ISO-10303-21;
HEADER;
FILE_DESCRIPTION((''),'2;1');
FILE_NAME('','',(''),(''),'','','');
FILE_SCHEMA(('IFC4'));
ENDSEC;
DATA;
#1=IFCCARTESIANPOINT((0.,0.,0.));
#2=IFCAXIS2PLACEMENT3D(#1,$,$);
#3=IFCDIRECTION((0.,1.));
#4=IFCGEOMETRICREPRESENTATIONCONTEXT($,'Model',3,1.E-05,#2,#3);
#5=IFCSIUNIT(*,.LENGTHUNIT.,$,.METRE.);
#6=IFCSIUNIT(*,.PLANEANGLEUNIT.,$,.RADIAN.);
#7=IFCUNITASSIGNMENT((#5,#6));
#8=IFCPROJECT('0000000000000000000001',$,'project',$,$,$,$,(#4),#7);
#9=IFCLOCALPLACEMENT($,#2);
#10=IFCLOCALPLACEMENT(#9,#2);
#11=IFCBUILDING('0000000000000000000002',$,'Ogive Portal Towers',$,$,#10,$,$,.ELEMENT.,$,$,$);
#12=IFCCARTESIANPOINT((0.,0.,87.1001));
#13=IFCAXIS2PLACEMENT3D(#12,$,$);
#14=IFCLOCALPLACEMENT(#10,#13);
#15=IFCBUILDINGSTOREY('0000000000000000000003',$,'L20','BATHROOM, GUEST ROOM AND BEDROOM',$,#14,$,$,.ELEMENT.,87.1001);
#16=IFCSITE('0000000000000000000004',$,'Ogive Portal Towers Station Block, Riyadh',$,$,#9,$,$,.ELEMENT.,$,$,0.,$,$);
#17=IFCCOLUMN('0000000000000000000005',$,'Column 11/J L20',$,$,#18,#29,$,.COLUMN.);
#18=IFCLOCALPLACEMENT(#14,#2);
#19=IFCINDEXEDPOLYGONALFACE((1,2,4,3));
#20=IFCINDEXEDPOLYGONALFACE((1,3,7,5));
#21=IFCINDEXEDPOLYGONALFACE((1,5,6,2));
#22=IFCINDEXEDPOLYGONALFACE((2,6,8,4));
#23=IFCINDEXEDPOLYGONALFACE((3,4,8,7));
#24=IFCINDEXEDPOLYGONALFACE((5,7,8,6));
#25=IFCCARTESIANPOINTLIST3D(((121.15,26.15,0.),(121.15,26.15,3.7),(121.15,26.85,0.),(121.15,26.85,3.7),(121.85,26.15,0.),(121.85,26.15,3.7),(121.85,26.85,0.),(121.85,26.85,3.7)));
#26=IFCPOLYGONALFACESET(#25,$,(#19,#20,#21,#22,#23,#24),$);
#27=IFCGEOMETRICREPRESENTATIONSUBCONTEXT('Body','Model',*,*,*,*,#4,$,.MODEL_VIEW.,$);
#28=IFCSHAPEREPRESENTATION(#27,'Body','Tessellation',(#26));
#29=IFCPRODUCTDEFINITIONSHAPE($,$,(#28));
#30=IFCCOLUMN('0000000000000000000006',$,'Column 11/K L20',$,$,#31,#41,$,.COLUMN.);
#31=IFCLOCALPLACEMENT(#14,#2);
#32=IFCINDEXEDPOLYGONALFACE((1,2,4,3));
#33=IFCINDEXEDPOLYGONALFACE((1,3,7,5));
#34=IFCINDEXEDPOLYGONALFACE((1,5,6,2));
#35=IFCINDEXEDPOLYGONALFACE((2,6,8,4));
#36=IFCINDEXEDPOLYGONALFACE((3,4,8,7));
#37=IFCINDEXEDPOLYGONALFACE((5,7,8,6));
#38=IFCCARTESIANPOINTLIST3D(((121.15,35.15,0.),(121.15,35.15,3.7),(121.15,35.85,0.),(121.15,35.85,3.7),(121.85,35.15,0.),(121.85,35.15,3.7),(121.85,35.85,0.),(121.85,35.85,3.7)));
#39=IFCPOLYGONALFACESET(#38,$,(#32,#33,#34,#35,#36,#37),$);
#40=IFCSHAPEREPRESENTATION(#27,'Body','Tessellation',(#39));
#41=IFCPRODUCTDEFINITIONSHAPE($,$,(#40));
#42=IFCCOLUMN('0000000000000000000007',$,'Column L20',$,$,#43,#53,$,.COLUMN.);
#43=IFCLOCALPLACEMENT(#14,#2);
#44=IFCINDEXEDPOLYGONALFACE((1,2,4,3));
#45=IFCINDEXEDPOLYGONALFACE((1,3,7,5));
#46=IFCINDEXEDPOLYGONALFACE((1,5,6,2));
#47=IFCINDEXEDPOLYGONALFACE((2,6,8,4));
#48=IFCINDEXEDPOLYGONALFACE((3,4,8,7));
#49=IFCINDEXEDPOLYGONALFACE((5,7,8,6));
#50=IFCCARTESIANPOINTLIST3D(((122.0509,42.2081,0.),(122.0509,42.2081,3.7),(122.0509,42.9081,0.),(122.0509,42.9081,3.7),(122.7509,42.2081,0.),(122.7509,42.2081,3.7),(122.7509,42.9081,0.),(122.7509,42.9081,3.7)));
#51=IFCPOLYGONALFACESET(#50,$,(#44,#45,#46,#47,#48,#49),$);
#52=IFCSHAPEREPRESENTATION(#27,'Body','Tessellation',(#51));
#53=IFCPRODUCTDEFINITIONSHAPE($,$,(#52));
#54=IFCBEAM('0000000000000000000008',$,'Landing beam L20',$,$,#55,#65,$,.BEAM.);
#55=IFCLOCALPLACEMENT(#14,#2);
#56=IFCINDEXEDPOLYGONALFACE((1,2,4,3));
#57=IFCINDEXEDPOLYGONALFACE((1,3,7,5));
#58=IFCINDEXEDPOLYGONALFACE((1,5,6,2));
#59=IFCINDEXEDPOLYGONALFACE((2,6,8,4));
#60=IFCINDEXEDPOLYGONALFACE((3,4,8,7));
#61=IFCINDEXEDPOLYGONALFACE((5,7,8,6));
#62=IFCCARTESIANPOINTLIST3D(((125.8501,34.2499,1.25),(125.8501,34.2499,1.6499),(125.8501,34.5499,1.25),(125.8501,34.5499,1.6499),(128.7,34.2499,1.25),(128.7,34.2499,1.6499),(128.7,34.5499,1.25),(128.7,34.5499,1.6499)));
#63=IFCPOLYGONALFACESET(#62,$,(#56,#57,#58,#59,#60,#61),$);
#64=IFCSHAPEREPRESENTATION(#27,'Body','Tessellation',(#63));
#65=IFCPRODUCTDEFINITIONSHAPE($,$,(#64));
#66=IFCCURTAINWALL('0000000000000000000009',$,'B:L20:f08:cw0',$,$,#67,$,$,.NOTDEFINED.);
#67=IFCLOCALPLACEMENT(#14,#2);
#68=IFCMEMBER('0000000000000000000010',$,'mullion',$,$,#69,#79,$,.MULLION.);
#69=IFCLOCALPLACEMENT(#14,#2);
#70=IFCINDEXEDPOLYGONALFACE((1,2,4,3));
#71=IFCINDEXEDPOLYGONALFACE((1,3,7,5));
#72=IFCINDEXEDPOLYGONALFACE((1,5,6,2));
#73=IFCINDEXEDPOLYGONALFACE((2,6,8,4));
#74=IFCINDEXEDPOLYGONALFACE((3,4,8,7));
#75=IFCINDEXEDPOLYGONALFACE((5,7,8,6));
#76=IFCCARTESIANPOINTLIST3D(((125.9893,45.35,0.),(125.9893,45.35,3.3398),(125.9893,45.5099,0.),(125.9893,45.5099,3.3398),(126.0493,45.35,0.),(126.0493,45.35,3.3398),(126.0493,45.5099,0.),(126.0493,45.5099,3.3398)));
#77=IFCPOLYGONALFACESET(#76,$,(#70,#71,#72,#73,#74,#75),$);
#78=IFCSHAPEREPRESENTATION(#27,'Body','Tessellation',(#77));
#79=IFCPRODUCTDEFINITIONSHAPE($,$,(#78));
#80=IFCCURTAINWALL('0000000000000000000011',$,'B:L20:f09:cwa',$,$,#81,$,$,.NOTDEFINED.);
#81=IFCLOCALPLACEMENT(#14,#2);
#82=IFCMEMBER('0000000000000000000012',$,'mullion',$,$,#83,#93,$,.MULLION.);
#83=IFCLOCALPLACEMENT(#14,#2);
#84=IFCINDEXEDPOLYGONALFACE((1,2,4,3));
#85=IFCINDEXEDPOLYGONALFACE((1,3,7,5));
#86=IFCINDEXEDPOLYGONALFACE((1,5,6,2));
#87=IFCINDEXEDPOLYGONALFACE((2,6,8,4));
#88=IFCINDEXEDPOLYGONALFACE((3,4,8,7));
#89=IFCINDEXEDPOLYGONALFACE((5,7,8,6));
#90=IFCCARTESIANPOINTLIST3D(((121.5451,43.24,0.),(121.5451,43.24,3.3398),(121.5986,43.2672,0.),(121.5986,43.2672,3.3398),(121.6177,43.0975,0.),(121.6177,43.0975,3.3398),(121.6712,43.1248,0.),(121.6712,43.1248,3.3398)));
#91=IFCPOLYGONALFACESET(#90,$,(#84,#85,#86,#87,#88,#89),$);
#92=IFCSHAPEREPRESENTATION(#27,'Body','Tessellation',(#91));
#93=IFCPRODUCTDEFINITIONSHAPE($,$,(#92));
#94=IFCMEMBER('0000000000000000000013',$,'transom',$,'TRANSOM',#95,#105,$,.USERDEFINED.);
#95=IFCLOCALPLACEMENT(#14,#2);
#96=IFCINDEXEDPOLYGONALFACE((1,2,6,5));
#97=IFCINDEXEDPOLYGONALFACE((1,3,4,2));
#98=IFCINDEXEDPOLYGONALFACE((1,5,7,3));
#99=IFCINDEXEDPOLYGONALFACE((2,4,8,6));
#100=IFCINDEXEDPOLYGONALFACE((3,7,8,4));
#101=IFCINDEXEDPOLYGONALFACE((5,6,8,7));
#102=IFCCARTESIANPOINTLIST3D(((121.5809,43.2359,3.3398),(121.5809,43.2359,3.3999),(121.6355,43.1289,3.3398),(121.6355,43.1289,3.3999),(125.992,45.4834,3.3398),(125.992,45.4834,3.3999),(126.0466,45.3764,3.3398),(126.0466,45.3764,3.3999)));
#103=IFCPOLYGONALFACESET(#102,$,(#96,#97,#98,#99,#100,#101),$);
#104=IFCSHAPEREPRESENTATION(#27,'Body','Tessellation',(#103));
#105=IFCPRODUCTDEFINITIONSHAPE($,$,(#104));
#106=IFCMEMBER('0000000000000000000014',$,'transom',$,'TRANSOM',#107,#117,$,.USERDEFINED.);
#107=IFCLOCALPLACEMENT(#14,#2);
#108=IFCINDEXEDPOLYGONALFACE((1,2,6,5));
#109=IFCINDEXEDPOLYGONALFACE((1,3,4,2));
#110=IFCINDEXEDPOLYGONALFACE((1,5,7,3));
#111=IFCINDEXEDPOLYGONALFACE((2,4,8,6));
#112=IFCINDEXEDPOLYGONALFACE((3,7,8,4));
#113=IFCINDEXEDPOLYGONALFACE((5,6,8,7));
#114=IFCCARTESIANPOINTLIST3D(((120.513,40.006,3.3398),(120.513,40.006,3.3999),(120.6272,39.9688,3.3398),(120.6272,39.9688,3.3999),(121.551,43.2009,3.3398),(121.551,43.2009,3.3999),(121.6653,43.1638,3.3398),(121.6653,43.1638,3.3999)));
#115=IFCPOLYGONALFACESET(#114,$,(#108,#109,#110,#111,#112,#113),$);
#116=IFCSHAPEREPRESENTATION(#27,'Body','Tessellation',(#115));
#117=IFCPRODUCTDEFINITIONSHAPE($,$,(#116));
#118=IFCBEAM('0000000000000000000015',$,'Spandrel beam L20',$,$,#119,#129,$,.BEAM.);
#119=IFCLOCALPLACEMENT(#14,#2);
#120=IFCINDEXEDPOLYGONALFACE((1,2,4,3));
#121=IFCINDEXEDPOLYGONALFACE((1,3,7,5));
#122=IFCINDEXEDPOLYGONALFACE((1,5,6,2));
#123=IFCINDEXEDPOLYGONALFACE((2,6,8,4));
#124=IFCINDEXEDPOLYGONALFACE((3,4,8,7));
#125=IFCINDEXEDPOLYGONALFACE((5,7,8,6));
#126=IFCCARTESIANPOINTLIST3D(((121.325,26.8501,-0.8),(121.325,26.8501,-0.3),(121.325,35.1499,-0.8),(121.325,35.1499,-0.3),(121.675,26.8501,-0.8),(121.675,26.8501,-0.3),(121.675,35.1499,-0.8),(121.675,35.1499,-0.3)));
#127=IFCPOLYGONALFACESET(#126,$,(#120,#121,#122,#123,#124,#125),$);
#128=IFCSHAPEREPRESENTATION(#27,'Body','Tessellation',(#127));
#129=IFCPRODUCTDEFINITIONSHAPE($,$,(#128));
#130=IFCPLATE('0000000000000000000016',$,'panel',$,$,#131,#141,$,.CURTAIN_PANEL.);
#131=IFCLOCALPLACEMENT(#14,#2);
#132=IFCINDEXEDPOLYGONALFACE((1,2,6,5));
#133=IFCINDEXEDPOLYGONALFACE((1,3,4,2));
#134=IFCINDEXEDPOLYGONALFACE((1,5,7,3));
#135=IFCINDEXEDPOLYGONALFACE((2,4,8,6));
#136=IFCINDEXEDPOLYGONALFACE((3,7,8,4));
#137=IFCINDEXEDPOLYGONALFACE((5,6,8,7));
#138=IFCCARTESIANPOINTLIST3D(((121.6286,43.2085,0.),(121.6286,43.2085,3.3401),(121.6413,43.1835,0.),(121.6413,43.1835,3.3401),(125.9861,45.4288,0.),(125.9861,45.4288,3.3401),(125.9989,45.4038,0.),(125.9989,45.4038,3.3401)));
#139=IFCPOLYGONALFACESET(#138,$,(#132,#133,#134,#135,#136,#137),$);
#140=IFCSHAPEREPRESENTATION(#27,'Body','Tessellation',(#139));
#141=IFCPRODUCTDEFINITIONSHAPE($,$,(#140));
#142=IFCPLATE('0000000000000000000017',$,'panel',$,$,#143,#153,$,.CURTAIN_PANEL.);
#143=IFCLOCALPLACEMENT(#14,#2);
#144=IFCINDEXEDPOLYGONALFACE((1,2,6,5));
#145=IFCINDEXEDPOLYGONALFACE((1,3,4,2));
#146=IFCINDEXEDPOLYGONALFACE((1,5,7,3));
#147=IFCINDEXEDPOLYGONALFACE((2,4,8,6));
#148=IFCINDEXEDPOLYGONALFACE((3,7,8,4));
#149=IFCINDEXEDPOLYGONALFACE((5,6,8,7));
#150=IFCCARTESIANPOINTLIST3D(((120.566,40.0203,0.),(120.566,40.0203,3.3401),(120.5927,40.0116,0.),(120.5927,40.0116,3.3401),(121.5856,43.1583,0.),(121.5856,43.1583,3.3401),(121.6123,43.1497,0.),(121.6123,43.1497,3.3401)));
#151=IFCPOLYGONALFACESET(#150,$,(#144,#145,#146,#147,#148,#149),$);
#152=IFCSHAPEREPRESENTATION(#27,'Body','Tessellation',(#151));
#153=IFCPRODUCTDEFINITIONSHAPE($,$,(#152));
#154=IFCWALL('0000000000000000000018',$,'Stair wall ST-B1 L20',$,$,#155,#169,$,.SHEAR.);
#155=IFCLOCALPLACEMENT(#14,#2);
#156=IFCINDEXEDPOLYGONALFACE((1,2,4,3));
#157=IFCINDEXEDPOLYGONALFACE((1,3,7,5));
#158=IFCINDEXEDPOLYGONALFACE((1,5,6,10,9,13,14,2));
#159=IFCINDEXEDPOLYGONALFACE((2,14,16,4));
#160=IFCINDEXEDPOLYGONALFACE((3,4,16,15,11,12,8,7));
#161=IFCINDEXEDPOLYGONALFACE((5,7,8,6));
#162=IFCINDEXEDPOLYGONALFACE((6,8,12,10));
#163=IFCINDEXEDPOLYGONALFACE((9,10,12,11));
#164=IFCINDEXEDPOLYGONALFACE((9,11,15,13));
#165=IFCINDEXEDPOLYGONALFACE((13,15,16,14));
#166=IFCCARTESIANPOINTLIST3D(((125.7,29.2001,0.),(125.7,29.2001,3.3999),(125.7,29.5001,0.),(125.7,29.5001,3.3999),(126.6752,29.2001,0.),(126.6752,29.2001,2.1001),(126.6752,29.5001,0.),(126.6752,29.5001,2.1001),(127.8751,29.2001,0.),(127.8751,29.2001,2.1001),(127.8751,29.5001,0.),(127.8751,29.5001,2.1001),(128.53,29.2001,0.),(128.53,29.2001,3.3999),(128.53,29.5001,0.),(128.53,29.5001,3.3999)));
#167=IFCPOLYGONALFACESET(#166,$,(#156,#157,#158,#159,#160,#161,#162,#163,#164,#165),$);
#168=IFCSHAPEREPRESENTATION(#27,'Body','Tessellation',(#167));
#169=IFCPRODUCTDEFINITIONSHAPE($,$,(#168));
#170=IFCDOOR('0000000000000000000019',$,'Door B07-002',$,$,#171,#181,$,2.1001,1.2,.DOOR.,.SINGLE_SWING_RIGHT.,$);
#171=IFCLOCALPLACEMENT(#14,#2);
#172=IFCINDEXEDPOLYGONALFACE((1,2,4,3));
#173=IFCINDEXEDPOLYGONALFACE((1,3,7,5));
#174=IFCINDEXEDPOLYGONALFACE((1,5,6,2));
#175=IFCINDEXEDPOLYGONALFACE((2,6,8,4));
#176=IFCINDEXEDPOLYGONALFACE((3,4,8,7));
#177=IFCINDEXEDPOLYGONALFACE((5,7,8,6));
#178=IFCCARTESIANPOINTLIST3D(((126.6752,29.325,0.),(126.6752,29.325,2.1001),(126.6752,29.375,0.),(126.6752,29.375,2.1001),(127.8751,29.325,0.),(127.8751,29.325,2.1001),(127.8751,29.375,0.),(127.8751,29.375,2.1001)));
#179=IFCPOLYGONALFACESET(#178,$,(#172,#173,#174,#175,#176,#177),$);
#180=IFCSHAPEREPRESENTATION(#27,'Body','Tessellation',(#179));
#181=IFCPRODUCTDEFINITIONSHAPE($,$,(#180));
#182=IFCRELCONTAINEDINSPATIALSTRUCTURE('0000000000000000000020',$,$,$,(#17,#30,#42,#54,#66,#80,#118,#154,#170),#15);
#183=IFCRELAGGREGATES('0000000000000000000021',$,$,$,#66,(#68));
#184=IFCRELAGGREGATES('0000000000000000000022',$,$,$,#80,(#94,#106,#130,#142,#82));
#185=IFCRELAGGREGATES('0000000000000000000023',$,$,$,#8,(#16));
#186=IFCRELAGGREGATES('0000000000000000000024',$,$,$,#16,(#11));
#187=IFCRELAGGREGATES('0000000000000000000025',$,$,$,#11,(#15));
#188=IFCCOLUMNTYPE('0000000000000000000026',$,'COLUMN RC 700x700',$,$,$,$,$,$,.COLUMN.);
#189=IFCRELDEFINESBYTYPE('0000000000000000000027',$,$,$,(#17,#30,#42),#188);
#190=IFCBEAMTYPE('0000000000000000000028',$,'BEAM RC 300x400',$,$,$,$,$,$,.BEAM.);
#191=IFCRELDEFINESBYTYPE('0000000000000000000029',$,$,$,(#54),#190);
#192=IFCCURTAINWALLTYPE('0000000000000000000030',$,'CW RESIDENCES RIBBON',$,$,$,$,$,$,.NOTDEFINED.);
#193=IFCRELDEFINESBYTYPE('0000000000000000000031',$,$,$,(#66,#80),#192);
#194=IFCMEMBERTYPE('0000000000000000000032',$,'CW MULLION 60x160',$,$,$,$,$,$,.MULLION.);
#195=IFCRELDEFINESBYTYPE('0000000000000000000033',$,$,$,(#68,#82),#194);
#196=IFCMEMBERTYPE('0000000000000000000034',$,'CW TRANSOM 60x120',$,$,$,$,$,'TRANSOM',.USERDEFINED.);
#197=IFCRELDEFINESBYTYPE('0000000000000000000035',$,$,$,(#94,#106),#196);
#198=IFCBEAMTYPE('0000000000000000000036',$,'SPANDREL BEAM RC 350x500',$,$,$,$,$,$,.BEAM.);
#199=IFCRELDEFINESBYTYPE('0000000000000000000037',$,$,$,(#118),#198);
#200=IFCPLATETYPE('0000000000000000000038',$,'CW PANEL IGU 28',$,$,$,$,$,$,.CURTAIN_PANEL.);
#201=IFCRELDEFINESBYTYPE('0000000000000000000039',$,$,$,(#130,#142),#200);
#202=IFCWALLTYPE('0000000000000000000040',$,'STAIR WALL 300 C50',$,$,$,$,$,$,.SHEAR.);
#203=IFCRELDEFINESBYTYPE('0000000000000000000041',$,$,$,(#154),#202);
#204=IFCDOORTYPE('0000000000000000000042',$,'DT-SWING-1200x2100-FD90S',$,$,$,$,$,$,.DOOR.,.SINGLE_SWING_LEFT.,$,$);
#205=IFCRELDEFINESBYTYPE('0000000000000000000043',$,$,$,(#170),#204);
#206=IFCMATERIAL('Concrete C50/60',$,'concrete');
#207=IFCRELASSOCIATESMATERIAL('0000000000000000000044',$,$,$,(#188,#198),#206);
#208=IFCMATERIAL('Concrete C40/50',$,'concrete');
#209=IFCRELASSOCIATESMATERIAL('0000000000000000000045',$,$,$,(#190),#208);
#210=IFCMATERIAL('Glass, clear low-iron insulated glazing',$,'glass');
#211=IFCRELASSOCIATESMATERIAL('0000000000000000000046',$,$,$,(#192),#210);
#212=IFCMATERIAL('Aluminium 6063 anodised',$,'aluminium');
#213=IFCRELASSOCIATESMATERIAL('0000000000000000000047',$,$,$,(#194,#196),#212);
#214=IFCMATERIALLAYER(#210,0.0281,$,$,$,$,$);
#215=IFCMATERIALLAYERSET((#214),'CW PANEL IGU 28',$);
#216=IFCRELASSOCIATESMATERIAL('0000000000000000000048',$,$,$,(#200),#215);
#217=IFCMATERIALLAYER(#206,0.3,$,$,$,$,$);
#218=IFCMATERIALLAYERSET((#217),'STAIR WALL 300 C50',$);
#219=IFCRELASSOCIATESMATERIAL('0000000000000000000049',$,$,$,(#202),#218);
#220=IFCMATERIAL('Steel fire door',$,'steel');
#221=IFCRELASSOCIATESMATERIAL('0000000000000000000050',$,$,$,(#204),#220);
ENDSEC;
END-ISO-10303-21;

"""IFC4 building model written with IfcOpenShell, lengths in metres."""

from ifc_helpers import new_model, si_unit, direction, frame, frame_2d, origin, origin_2d, place, context, subcontext, project, spatial, rectangle, extrude, material, layer, layer_set, material_profile, profile_set, type_object, element, fill, aggregate, save


model = new_model("IFC4")

# Units and contexts
model_context = context("Model", 3, precision=1e-05, world=origin(), true_north=direction((0.0, 1.0)))
body_context = subcontext(model_context, "Body", "Model", "MODEL_VIEW")
ifc_project = project(units=[si_unit("LENGTHUNIT", "METRE"), si_unit("PLANEANGLEUNIT", "RADIAN")], contexts=[model_context])

# Site, building, storey
site_placement = place(None, origin())
site = spatial("IfcSite", under=ifc_project, at=site_placement, Name="Ogive Portal Towers Station Block, Riyadh", CompositionType="ELEMENT", RefElevation=0.0)
building_placement = place(site_placement, origin())
building = spatial("IfcBuilding", under=site, at=building_placement, Name="Ogive Portal Towers", CompositionType="ELEMENT")
storey_placement = place(building_placement, frame((0.0, 0.0, 87.1001)))
storey = spatial("IfcBuildingStorey", under=building, at=storey_placement, Name="L20", Description="BATHROOM, GUEST ROOM AND BEDROOM", CompositionType="ELEMENT", Elevation=87.1001)

# Columns
ifc_material_1 = material(Name="Concrete C50/60", Category="concrete")
ifc_material_profile_1 = material_profile(ifc_material_1, rectangle(XDim=0.7, YDim=0.7, at=origin_2d()), Name="RC 700x700")
ifc_profile_set_1 = profile_set([ifc_material_profile_1], Name="Concrete C50/60")
column_type = type_object("IfcColumnType", Name="COLUMN RC 700x700", PredefinedType="COLUMN", material=ifc_profile_set_1)
for number, where, z_axis, x_axis, name in (
    (1, (121.5, 26.5, 0.0), (0.0, 0.0, 1.0), (1.0, 0.0, 0.0), "Column 11/J L20"),
    (2, (121.5, 35.5, 0.0), (0.0, 0.0, 1.0), (1.0, 0.0, 0.0), "Column 11/K L20"),
    (3, (122.4009, 42.5581, 0.0), (0.0, 0.0, 1.0), (1.0, 0.0, 0.0), "Column L20"),
):
    element("IfcColumn", number, at=place(storey_placement, frame(where, z_axis=z_axis, x_axis=x_axis)), inside=storey, type_object=column_type, Name=name, PredefinedType="COLUMN", context=body_context, shape_type="SweptSolid", body=[
        extrude(rectangle(XDim=0.7, YDim=0.7, at=origin_2d()), origin(), (0.0, 0.0, 1.0), 3.7),
    ])

# Beam
ifc_material_2 = material(Name="Concrete C40/50", Category="concrete")
ifc_material_profile_2 = material_profile(ifc_material_2, rectangle(XDim=0.3, YDim=0.3999, at=origin_2d()), Name="RC 300x400")
ifc_profile_set_2 = profile_set([ifc_material_profile_2], Name="Concrete C40/50")
beam_type_1 = type_object("IfcBeamType", Name="BEAM RC 300x400", PredefinedType="BEAM", material=ifc_profile_set_2)
beam_1_placement = place(storey_placement, frame((125.8501, 34.3999, 1.45), z_axis=(1.0, 0.0, 0.0), x_axis=(0.0, 1.0, 0.0)))
element("IfcBeam", 4, at=beam_1_placement, inside=storey, type_object=beam_type_1, Name="Landing beam L20", PredefinedType="BEAM", context=body_context, shape_type="SweptSolid", body=[
    extrude(rectangle(XDim=0.3, YDim=0.3999, at=origin_2d()), origin(), (0.0, 0.0, 1.0), 2.8499),
])

# Curtain wall, member
ifc_material_3 = material(Name="Glass, clear low-iron insulated glazing", Category="glass")
curtain_wall_type = type_object("IfcCurtainWallType", Name="CW RESIDENCES RIBBON", PredefinedType="NOTDEFINED", material=ifc_material_3)
curtain_wall_1_placement = place(storey_placement, origin())
curtain_wall_1 = element("IfcCurtainWall", 5, at=curtain_wall_1_placement, inside=storey, type_object=curtain_wall_type, Name="B:L20:f08:cw0", PredefinedType="NOTDEFINED")
ifc_material_4 = material(Name="Aluminium 6063 anodised", Category="aluminium")
ifc_material_profile_3 = material_profile(ifc_material_4, rectangle(XDim=0.1599, YDim=0.0601, at=origin_2d()), Name="AL 60x160")
ifc_profile_set_3 = profile_set([ifc_material_profile_3], Name="Aluminium 6063 anodised")
member_type_1 = type_object("IfcMemberType", Name="CW MULLION 60x160", PredefinedType="MULLION", material=ifc_profile_set_3)
member_1_placement = place(storey_placement, frame((126.0193, 45.4299, 0.0), z_axis=(0.0, 0.0, 1.0), x_axis=(0.0, -1.0, 0.0)))
member_1 = element("IfcMember", 6, at=member_1_placement, type_object=member_type_1, Name="mullion", PredefinedType="MULLION", context=body_context, shape_type="SweptSolid", body=[
    extrude(rectangle(XDim=0.1599, YDim=0.0601, at=origin_2d()), origin(), (0.0, 0.0, 1.0), 3.3398),
])
aggregate(curtain_wall_1, [member_1])

# Curtain wall, members
curtain_wall_2_placement = place(storey_placement, origin())
curtain_wall_2 = element("IfcCurtainWall", 7, at=curtain_wall_2_placement, inside=storey, type_object=curtain_wall_type, Name="B:L20:f09:cwa", PredefinedType="NOTDEFINED")
member_2_placement = place(storey_placement, frame((121.6082, 43.1824, 0.0), z_axis=(0.0, 0.0, 1.0), x_axis=(0.45399, -0.891007, 0.0)))
member_2 = element("IfcMember", 8, at=member_2_placement, type_object=member_type_1, Name="mullion", PredefinedType="MULLION", context=body_context, shape_type="SweptSolid", body=[
    extrude(rectangle(XDim=0.1599, YDim=0.0601, at=origin_2d()), origin(), (0.0, 0.0, 1.0), 3.3398),
])
ifc_material_profile_4 = material_profile(ifc_material_4, rectangle(XDim=0.1201, YDim=0.0601, at=origin_2d()), Name="AL 120x60")
ifc_profile_set_4 = profile_set([ifc_material_profile_4], Name="Aluminium 6063 anodised")
member_type_2 = type_object("IfcMemberType", Name="CW TRANSOM 60x120", ElementType="TRANSOM", PredefinedType="USERDEFINED", material=ifc_profile_set_4)
member_3_placement = place(storey_placement, frame((126.0193, 45.4299, 3.3699), z_axis=(-0.891009, -0.453986, 0.0), x_axis=(0.453986, -0.891009, 0.0)))
member_3 = element("IfcMember", 9, at=member_3_placement, type_object=member_type_2, Name="transom", ObjectType="TRANSOM", PredefinedType="USERDEFINED", context=body_context, shape_type="SweptSolid", body=[
    extrude(rectangle(XDim=0.1201, YDim=0.0601, at=origin_2d()), origin(), (0.0, 0.0, 1.0), 4.9507),
])
member_4_placement = place(storey_placement, frame((121.6082, 43.1824, 3.3699), z_axis=(-0.309002, -0.951061, 0.0), x_axis=(0.951061, -0.309002, 0.0)))
member_4 = element("IfcMember", 10, at=member_4_placement, type_object=member_type_2, Name="transom", ObjectType="TRANSOM", PredefinedType="USERDEFINED", context=body_context, shape_type="SweptSolid", body=[
    extrude(rectangle(XDim=0.1201, YDim=0.0601, at=origin_2d()), origin(), (0.0, 0.0, 1.0), 3.3594),
])

# Beam
ifc_material_profile_5 = material_profile(ifc_material_1, rectangle(XDim=0.3501, YDim=0.5, at=origin_2d()), Name="RC 350x500")
ifc_profile_set_5 = profile_set([ifc_material_profile_5], Name="Concrete C50/60")
beam_type_2 = type_object("IfcBeamType", Name="SPANDREL BEAM RC 350x500", PredefinedType="BEAM", material=ifc_profile_set_5)
beam_2_placement = place(storey_placement, frame((121.5, 35.1499, -0.55), z_axis=(0.0, -1.0, 0.0), x_axis=(1.0, 0.0, 0.0)))
element("IfcBeam", 11, at=beam_2_placement, inside=storey, type_object=beam_type_2, Name="Spandrel beam L20", PredefinedType="BEAM", context=body_context, shape_type="SweptSolid", body=[
    extrude(rectangle(XDim=0.3501, YDim=0.5, at=origin_2d()), origin(), (0.0, 0.0, 1.0), 8.2998),
])

# Plates
ifc_layer_1 = layer(ifc_material_3, 0.0281)
ifc_layer_set_1 = layer_set([ifc_layer_1], Name="CW PANEL IGU 28")
plate_type = type_object("IfcPlateType", Name="CW PANEL IGU 28", PredefinedType="CURTAIN_PANEL", material=ifc_layer_set_1)
plate_1_placement = place(storey_placement, frame((123.8137, 44.3062, 0.0), z_axis=(0.0, 0.0, 1.0), x_axis=(-0.891007, -0.45399, 0.0)))
plate_1 = element("IfcPlate", 12, at=plate_1_placement, type_object=plate_type, Name="panel", PredefinedType="CURTAIN_PANEL", context=body_context, shape_type="SweptSolid", body=[
    extrude(rectangle(XDim=4.8906, YDim=0.0281, at=origin_2d()), origin(), (0.0, 0.0, 1.0), 3.3401),
])
plate_2_placement = place(storey_placement, frame((121.0891, 41.585, 0.0), z_axis=(0.0, 0.0, 1.0), x_axis=(-0.309017, -0.951057, 0.0)))
plate_2 = element("IfcPlate", 13, at=plate_2_placement, type_object=plate_type, Name="panel", PredefinedType="CURTAIN_PANEL", context=body_context, shape_type="SweptSolid", body=[
    extrude(rectangle(XDim=3.2996, YDim=0.0281, at=origin_2d()), origin(), (0.0, 0.0, 1.0), 3.3401),
])
aggregate(curtain_wall_2, [member_3, member_4, plate_1, plate_2, member_2])

# Wall, opening, door
ifc_layer_2 = layer(ifc_material_1, 0.3)
ifc_layer_set_2 = layer_set([ifc_layer_2], Name="STAIR WALL 300 C50")
wall_type_1 = type_object("IfcWallType", Name="STAIR WALL 300 C50", PredefinedType="SHEAR", material=ifc_layer_set_2)
wall_1_placement = place(storey_placement, frame((125.7, 29.3501, 0.0), z_axis=(0.0, 0.0, 1.0), x_axis=(1.0, 0.0, 0.0)))
wall_1 = element("IfcWall", 14, at=wall_1_placement, inside=storey, type_object=wall_type_1, Name="Stair wall ST-B1 L20", PredefinedType="SHEAR", context=body_context, shape_type="SweptSolid", body=[
    extrude(rectangle(XDim=2.8301, YDim=0.3, at=frame_2d((1.415, 0.0))), origin(), (0.0, 0.0, 1.0), 3.3999),
])
opening_1_placement = place(wall_1_placement, frame((0.9751, 0.0, 0.0)))
opening_1 = element("IfcOpeningElement", 15, at=opening_1_placement, cuts=wall_1, PredefinedType="OPENING", context=body_context, shape_type="SweptSolid", body=[
    extrude(rectangle(XDim=1.2, YDim=2.1001, at=frame_2d((0.6001, 1.05))), frame((0.0, 0.1602, 0.0), z_axis=(0.0, -1.0, 0.0), x_axis=(1.0, 0.0, 0.0)), (0.0, 0.0, 1.0), 0.3201),
])
ifc_material_5 = material(Name="Steel fire door", Category="steel")
door_type_1 = type_object("IfcDoorType", Name="DT-SWING-1200x2100-FD90S", OperationType="SINGLE_SWING_LEFT", PredefinedType="DOOR", material=ifc_material_5)
door_1_placement = place(opening_1_placement, origin())
door_1 = element("IfcDoor", 16, at=door_1_placement, inside=storey, type_object=door_type_1, Name="Door B07-002", OperationType="SINGLE_SWING_RIGHT", OverallHeight=2.1001, OverallWidth=1.2, PredefinedType="DOOR", context=body_context, shape_type="SweptSolid", body=[
    extrude(rectangle(XDim=1.2, YDim=2.1001, at=frame_2d((0.6001, 1.05))), frame((0.0, 0.0249, 0.0), z_axis=(0.0, -1.0, 0.0), x_axis=(1.0, 0.0, 0.0)), (0.0, 0.0, 1.0), 0.05),
])
fill(opening_1, door_1)

save(model, "model.ifc")
